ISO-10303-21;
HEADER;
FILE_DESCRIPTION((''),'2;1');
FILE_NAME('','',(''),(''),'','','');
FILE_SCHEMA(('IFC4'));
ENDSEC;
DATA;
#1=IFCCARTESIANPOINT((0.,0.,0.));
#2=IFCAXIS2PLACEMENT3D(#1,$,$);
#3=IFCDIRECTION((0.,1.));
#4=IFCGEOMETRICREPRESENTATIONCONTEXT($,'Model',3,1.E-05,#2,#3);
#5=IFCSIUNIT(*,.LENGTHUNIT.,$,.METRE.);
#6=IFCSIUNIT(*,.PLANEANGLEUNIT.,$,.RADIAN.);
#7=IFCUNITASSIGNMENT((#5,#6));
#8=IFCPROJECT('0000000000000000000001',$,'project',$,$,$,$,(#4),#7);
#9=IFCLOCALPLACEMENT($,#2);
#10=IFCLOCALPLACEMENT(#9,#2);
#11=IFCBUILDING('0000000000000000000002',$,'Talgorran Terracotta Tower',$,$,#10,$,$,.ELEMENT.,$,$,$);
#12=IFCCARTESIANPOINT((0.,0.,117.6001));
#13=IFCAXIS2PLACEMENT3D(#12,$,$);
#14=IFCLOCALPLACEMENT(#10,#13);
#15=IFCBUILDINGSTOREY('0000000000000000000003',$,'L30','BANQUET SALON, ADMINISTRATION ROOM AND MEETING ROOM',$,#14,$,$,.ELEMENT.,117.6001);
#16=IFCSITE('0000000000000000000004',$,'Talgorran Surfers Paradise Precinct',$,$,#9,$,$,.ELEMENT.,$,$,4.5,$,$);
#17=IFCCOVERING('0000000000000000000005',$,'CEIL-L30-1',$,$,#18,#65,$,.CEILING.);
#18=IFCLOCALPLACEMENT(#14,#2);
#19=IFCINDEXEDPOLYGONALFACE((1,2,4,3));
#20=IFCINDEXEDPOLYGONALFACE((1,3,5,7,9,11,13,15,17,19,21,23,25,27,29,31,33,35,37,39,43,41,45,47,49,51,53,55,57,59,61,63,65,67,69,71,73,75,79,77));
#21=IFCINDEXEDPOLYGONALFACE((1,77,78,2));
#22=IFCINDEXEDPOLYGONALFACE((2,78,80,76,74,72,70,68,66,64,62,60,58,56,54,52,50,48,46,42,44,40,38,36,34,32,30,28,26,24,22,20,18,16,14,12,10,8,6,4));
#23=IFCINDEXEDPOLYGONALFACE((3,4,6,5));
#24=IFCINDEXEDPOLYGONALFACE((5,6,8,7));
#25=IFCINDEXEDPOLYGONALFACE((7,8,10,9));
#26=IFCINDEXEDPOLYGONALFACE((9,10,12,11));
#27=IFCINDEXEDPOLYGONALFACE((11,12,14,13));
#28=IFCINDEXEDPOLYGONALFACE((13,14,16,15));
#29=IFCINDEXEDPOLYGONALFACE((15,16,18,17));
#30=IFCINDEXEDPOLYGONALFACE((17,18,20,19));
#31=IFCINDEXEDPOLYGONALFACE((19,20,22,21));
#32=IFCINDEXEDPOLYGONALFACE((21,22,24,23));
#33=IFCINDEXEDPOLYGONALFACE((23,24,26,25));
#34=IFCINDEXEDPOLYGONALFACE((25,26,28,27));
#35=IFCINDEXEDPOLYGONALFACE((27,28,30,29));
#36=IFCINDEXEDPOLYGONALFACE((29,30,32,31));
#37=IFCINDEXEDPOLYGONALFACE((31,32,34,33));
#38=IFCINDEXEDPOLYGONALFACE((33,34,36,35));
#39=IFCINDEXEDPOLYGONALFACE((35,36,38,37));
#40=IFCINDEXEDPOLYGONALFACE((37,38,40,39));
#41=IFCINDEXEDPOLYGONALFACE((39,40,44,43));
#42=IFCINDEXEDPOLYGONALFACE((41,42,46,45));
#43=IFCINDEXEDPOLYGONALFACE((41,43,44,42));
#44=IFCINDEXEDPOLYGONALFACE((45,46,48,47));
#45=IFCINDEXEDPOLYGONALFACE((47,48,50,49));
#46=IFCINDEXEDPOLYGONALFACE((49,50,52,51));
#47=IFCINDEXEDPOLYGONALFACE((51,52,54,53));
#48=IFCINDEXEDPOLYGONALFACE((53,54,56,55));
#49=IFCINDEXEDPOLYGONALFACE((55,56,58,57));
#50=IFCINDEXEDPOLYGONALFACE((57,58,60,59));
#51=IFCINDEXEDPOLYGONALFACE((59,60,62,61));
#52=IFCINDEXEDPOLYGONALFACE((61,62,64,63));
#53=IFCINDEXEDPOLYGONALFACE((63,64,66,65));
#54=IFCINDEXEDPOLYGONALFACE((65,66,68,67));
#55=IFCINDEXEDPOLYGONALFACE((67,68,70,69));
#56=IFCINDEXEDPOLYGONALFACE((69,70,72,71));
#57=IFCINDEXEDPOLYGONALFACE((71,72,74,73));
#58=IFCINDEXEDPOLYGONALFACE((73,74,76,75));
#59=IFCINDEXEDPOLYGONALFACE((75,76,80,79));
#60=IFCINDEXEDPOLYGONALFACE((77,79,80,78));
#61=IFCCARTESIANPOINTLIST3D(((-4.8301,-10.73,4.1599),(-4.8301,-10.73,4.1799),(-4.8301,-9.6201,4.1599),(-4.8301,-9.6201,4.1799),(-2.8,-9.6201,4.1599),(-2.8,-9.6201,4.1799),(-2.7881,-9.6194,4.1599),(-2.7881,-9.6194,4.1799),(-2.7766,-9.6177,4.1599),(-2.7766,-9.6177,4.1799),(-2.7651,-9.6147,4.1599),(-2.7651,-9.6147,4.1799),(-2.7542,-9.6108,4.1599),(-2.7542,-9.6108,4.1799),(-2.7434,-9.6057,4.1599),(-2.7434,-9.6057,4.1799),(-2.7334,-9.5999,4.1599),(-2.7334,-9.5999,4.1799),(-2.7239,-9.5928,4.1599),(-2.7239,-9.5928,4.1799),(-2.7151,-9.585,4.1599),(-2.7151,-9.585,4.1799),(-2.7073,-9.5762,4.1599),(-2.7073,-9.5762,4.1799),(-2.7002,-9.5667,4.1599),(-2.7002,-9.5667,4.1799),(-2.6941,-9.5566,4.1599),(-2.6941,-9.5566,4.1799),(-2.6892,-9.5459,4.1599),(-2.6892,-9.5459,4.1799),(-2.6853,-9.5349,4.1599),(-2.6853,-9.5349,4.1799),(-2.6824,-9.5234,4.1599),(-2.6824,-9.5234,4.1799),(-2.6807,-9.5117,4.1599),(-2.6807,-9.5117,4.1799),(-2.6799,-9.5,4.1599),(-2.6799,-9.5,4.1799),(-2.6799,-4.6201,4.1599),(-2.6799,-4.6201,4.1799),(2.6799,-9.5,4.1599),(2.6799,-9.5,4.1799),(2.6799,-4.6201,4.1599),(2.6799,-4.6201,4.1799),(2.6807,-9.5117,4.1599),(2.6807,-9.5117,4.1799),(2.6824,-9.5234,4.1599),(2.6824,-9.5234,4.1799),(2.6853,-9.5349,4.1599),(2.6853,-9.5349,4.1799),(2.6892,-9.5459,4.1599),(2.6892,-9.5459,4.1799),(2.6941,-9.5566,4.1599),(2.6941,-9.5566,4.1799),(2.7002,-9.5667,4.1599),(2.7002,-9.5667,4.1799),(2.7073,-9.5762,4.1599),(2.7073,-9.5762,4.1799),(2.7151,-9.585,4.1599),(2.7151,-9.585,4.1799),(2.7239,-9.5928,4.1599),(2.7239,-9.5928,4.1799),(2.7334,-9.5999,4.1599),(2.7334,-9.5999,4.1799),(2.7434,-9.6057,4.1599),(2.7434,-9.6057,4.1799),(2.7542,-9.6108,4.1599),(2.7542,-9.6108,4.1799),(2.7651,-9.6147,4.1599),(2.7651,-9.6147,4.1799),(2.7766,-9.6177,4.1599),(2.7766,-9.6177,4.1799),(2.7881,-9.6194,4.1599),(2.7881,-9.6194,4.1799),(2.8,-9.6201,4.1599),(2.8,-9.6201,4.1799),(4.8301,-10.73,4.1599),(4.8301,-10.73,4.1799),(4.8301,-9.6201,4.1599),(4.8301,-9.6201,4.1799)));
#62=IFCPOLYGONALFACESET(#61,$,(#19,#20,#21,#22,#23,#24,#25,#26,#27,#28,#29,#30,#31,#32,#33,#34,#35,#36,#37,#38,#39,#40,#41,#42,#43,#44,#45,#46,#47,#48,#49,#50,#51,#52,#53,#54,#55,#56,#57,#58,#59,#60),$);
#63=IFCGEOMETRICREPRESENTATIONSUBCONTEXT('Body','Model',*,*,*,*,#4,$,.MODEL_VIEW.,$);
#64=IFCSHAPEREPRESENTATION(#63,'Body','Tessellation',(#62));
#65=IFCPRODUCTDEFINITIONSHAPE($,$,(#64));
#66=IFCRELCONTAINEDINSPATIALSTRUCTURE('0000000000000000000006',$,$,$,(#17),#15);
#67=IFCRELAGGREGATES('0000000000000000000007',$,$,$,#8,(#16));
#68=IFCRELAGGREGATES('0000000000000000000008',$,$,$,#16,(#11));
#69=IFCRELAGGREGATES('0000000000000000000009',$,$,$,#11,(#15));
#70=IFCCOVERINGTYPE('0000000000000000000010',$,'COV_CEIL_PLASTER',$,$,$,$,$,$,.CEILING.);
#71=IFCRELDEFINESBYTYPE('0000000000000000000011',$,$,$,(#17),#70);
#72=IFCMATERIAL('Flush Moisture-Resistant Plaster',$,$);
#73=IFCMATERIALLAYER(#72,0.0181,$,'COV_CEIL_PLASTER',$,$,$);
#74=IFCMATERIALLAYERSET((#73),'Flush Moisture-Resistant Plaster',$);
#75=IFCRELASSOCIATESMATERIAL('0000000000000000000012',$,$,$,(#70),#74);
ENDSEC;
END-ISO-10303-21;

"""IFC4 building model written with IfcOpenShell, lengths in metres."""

from ifc_helpers import new_model, si_unit, direction, frame, origin, place, context, subcontext, project, spatial, polyline, outline, extrude, material, layer, layer_set, type_object, element, save


model = new_model("IFC4")

# Units and contexts
model_context = context("Model", 3, precision=1e-05, world=origin(), true_north=direction((0.0, 1.0)))
body_context = subcontext(model_context, "Body", "Model", "MODEL_VIEW")
ifc_project = project(units=[si_unit("LENGTHUNIT", "METRE"), si_unit("PLANEANGLEUNIT", "RADIAN")], contexts=[model_context])

# Site, building, storey
site_placement = place(None, origin())
site = spatial("IfcSite", under=ifc_project, at=site_placement, Name="Talgorran Surfers Paradise Precinct", CompositionType="ELEMENT", RefElevation=4.5)
building_placement = place(site_placement, origin())
building = spatial("IfcBuilding", under=site, at=building_placement, Name="Talgorran Terracotta Tower", CompositionType="ELEMENT")
storey_placement = place(building_placement, frame((0.0, 0.0, 117.6001)))
storey = spatial("IfcBuildingStorey", under=building, at=storey_placement, Name="L30", Description="BANQUET SALON, ADMINISTRATION ROOM AND MEETING ROOM", CompositionType="ELEMENT", Elevation=117.6001)

# Covering
ifc_material_1 = material(Name="Flush Moisture-Resistant Plaster")
ifc_layer_1 = layer(ifc_material_1, 0.0181, Name="COV_CEIL_PLASTER")
ifc_layer_set_1 = layer_set([ifc_layer_1], Name="Flush Moisture-Resistant Plaster")
covering_type_1 = type_object("IfcCoveringType", Name="COV_CEIL_PLASTER", PredefinedType="CEILING", material=ifc_layer_set_1)
covering_1_placement = place(storey_placement, frame((0.0, 0.0, 4.1599)))
element("IfcCovering", 1, at=covering_1_placement, inside=storey, type_object=covering_type_1, Name="CEIL-L30-1", PredefinedType="CEILING", context=body_context, shape_type="SweptSolid", body=[
    extrude(outline(polyline([(-4.8301, -9.6201), (-2.8, -9.6201), (-2.7881, -9.6194), (-2.7766, -9.6177), (-2.7651, -9.6147), (-2.7542, -9.6108), (-2.7434, -9.6057), (-2.7334, -9.5999), (-2.7239, -9.5928), (-2.7151, -9.585), (-2.7073, -9.5762), (-2.7002, -9.5667), (-2.6941, -9.5566), (-2.6892, -9.5459), (-2.6853, -9.5349), (-2.6824, -9.5234), (-2.6807, -9.5117), (-2.6799, -9.5), (-2.6799, -4.6201), (2.6799, -4.6201), (2.6799, -9.5), (2.6807, -9.5117), (2.6824, -9.5234), (2.6853, -9.5349), (2.6892, -9.5459), (2.6941, -9.5566), (2.7002, -9.5667), (2.7073, -9.5762), (2.7151, -9.585), (2.7239, -9.5928), (2.7334, -9.5999), (2.7434, -9.6057), (2.7542, -9.6108), (2.7651, -9.6147), (2.7766, -9.6177), (2.7881, -9.6194), (2.8, -9.6201), (4.8301, -9.6201), (4.8301, -10.73), (-4.8301, -10.73), (-4.8301, -9.6201)])), origin(), (0.0, 0.0, 1.0), 0.02),
])

save(model, "model.ifc")
